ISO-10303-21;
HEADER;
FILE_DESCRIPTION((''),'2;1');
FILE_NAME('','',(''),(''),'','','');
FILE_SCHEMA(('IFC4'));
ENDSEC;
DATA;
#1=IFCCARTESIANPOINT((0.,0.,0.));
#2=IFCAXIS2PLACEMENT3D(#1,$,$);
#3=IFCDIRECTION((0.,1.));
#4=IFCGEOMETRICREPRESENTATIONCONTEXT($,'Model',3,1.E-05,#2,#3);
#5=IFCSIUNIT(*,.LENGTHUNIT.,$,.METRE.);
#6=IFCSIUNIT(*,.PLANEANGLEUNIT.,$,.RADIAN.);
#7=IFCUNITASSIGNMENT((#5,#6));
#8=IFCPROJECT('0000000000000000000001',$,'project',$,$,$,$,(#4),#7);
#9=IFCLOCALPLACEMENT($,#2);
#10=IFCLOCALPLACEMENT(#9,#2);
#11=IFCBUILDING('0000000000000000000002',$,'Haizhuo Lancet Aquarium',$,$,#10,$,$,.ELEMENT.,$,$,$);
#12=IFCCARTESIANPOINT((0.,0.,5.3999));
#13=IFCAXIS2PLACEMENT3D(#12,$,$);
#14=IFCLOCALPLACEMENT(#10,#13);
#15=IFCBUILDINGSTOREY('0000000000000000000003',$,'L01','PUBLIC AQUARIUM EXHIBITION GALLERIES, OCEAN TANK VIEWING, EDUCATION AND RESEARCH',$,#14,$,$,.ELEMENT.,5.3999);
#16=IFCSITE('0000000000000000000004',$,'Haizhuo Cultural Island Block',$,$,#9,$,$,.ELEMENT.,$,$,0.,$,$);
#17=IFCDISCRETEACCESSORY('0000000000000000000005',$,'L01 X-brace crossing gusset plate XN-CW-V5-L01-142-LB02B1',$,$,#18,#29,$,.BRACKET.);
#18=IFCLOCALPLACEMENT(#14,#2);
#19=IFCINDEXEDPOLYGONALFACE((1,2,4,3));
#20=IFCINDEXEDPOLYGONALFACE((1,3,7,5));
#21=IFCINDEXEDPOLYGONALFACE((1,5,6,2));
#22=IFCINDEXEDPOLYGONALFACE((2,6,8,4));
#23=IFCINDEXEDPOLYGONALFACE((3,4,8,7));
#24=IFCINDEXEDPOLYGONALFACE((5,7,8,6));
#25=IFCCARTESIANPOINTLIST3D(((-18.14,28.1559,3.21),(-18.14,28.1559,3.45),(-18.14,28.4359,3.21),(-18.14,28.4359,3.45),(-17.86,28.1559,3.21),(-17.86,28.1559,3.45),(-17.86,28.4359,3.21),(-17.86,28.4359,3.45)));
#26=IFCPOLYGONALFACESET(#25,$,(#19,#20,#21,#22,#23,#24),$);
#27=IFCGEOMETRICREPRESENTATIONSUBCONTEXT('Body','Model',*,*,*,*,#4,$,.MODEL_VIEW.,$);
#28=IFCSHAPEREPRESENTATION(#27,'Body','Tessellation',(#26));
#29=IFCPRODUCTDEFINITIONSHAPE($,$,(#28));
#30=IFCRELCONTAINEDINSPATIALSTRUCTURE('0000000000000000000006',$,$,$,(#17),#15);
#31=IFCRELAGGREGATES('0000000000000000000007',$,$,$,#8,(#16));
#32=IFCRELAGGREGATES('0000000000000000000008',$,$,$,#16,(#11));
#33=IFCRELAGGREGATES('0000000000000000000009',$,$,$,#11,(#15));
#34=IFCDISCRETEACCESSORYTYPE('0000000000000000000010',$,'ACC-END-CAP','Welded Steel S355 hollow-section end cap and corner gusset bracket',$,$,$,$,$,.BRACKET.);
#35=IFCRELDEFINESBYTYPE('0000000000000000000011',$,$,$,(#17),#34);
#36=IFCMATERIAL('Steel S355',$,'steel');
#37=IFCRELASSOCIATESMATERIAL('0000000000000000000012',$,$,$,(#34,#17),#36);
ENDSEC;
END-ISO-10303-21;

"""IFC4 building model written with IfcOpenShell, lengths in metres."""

from ifc_helpers import new_model, si_unit, direction, frame, origin, origin_2d, place, context, subcontext, project, spatial, rectangle, extrude, material, type_object, element, save


model = new_model("IFC4")

# Units and contexts
model_context = context("Model", 3, precision=1e-05, world=origin(), true_north=direction((0.0, 1.0)))
body_context = subcontext(model_context, "Body", "Model", "MODEL_VIEW")
ifc_project = project(units=[si_unit("LENGTHUNIT", "METRE"), si_unit("PLANEANGLEUNIT", "RADIAN")], contexts=[model_context])

# Site, building, storey
site_placement = place(None, origin())
site = spatial("IfcSite", under=ifc_project, at=site_placement, Name="Haizhuo Cultural Island Block", CompositionType="ELEMENT", RefElevation=0.0)
building_placement = place(site_placement, origin())
building = spatial("IfcBuilding", under=site, at=building_placement, Name="Haizhuo Lancet Aquarium", CompositionType="ELEMENT")
storey_placement = place(building_placement, frame((0.0, 0.0, 5.3999)))
storey = spatial("IfcBuildingStorey", under=building, at=storey_placement, Name="L01", Description="PUBLIC AQUARIUM EXHIBITION GALLERIES, OCEAN TANK VIEWING, EDUCATION AND RESEARCH", CompositionType="ELEMENT", Elevation=5.3999)

# Shared definitions
ifc_material_1 = material(Name="Steel S355", Category="steel")

# Discrete accessory
discrete_accessory_type = type_object("IfcDiscreteAccessoryType", Name="ACC-END-CAP", Description="Welded Steel S355 hollow-section end cap and corner gusset bracket", PredefinedType="BRACKET", material=ifc_material_1)
for number, where, z_axis, x_axis, name in (
    (1, (-18.0, 28.2959, 3.21), (0.0, 0.0, 1.0), (1.0, 0.0, 0.0), "L01 X-brace crossing gusset plate XN-CW-V5-L01-142-LB02B1"),
):
    element("IfcDiscreteAccessory", number, at=place(storey_placement, frame(where, z_axis=z_axis, x_axis=x_axis)), inside=storey, type_object=discrete_accessory_type, material=ifc_material_1, Name=name, PredefinedType="BRACKET", context=body_context, shape_type="SweptSolid", body=[
        extrude(rectangle(XDim=0.28, YDim=0.28, at=origin_2d()), origin(), (0.0, 0.0, 1.0), 0.24),
    ])

save(model, "model.ifc")
